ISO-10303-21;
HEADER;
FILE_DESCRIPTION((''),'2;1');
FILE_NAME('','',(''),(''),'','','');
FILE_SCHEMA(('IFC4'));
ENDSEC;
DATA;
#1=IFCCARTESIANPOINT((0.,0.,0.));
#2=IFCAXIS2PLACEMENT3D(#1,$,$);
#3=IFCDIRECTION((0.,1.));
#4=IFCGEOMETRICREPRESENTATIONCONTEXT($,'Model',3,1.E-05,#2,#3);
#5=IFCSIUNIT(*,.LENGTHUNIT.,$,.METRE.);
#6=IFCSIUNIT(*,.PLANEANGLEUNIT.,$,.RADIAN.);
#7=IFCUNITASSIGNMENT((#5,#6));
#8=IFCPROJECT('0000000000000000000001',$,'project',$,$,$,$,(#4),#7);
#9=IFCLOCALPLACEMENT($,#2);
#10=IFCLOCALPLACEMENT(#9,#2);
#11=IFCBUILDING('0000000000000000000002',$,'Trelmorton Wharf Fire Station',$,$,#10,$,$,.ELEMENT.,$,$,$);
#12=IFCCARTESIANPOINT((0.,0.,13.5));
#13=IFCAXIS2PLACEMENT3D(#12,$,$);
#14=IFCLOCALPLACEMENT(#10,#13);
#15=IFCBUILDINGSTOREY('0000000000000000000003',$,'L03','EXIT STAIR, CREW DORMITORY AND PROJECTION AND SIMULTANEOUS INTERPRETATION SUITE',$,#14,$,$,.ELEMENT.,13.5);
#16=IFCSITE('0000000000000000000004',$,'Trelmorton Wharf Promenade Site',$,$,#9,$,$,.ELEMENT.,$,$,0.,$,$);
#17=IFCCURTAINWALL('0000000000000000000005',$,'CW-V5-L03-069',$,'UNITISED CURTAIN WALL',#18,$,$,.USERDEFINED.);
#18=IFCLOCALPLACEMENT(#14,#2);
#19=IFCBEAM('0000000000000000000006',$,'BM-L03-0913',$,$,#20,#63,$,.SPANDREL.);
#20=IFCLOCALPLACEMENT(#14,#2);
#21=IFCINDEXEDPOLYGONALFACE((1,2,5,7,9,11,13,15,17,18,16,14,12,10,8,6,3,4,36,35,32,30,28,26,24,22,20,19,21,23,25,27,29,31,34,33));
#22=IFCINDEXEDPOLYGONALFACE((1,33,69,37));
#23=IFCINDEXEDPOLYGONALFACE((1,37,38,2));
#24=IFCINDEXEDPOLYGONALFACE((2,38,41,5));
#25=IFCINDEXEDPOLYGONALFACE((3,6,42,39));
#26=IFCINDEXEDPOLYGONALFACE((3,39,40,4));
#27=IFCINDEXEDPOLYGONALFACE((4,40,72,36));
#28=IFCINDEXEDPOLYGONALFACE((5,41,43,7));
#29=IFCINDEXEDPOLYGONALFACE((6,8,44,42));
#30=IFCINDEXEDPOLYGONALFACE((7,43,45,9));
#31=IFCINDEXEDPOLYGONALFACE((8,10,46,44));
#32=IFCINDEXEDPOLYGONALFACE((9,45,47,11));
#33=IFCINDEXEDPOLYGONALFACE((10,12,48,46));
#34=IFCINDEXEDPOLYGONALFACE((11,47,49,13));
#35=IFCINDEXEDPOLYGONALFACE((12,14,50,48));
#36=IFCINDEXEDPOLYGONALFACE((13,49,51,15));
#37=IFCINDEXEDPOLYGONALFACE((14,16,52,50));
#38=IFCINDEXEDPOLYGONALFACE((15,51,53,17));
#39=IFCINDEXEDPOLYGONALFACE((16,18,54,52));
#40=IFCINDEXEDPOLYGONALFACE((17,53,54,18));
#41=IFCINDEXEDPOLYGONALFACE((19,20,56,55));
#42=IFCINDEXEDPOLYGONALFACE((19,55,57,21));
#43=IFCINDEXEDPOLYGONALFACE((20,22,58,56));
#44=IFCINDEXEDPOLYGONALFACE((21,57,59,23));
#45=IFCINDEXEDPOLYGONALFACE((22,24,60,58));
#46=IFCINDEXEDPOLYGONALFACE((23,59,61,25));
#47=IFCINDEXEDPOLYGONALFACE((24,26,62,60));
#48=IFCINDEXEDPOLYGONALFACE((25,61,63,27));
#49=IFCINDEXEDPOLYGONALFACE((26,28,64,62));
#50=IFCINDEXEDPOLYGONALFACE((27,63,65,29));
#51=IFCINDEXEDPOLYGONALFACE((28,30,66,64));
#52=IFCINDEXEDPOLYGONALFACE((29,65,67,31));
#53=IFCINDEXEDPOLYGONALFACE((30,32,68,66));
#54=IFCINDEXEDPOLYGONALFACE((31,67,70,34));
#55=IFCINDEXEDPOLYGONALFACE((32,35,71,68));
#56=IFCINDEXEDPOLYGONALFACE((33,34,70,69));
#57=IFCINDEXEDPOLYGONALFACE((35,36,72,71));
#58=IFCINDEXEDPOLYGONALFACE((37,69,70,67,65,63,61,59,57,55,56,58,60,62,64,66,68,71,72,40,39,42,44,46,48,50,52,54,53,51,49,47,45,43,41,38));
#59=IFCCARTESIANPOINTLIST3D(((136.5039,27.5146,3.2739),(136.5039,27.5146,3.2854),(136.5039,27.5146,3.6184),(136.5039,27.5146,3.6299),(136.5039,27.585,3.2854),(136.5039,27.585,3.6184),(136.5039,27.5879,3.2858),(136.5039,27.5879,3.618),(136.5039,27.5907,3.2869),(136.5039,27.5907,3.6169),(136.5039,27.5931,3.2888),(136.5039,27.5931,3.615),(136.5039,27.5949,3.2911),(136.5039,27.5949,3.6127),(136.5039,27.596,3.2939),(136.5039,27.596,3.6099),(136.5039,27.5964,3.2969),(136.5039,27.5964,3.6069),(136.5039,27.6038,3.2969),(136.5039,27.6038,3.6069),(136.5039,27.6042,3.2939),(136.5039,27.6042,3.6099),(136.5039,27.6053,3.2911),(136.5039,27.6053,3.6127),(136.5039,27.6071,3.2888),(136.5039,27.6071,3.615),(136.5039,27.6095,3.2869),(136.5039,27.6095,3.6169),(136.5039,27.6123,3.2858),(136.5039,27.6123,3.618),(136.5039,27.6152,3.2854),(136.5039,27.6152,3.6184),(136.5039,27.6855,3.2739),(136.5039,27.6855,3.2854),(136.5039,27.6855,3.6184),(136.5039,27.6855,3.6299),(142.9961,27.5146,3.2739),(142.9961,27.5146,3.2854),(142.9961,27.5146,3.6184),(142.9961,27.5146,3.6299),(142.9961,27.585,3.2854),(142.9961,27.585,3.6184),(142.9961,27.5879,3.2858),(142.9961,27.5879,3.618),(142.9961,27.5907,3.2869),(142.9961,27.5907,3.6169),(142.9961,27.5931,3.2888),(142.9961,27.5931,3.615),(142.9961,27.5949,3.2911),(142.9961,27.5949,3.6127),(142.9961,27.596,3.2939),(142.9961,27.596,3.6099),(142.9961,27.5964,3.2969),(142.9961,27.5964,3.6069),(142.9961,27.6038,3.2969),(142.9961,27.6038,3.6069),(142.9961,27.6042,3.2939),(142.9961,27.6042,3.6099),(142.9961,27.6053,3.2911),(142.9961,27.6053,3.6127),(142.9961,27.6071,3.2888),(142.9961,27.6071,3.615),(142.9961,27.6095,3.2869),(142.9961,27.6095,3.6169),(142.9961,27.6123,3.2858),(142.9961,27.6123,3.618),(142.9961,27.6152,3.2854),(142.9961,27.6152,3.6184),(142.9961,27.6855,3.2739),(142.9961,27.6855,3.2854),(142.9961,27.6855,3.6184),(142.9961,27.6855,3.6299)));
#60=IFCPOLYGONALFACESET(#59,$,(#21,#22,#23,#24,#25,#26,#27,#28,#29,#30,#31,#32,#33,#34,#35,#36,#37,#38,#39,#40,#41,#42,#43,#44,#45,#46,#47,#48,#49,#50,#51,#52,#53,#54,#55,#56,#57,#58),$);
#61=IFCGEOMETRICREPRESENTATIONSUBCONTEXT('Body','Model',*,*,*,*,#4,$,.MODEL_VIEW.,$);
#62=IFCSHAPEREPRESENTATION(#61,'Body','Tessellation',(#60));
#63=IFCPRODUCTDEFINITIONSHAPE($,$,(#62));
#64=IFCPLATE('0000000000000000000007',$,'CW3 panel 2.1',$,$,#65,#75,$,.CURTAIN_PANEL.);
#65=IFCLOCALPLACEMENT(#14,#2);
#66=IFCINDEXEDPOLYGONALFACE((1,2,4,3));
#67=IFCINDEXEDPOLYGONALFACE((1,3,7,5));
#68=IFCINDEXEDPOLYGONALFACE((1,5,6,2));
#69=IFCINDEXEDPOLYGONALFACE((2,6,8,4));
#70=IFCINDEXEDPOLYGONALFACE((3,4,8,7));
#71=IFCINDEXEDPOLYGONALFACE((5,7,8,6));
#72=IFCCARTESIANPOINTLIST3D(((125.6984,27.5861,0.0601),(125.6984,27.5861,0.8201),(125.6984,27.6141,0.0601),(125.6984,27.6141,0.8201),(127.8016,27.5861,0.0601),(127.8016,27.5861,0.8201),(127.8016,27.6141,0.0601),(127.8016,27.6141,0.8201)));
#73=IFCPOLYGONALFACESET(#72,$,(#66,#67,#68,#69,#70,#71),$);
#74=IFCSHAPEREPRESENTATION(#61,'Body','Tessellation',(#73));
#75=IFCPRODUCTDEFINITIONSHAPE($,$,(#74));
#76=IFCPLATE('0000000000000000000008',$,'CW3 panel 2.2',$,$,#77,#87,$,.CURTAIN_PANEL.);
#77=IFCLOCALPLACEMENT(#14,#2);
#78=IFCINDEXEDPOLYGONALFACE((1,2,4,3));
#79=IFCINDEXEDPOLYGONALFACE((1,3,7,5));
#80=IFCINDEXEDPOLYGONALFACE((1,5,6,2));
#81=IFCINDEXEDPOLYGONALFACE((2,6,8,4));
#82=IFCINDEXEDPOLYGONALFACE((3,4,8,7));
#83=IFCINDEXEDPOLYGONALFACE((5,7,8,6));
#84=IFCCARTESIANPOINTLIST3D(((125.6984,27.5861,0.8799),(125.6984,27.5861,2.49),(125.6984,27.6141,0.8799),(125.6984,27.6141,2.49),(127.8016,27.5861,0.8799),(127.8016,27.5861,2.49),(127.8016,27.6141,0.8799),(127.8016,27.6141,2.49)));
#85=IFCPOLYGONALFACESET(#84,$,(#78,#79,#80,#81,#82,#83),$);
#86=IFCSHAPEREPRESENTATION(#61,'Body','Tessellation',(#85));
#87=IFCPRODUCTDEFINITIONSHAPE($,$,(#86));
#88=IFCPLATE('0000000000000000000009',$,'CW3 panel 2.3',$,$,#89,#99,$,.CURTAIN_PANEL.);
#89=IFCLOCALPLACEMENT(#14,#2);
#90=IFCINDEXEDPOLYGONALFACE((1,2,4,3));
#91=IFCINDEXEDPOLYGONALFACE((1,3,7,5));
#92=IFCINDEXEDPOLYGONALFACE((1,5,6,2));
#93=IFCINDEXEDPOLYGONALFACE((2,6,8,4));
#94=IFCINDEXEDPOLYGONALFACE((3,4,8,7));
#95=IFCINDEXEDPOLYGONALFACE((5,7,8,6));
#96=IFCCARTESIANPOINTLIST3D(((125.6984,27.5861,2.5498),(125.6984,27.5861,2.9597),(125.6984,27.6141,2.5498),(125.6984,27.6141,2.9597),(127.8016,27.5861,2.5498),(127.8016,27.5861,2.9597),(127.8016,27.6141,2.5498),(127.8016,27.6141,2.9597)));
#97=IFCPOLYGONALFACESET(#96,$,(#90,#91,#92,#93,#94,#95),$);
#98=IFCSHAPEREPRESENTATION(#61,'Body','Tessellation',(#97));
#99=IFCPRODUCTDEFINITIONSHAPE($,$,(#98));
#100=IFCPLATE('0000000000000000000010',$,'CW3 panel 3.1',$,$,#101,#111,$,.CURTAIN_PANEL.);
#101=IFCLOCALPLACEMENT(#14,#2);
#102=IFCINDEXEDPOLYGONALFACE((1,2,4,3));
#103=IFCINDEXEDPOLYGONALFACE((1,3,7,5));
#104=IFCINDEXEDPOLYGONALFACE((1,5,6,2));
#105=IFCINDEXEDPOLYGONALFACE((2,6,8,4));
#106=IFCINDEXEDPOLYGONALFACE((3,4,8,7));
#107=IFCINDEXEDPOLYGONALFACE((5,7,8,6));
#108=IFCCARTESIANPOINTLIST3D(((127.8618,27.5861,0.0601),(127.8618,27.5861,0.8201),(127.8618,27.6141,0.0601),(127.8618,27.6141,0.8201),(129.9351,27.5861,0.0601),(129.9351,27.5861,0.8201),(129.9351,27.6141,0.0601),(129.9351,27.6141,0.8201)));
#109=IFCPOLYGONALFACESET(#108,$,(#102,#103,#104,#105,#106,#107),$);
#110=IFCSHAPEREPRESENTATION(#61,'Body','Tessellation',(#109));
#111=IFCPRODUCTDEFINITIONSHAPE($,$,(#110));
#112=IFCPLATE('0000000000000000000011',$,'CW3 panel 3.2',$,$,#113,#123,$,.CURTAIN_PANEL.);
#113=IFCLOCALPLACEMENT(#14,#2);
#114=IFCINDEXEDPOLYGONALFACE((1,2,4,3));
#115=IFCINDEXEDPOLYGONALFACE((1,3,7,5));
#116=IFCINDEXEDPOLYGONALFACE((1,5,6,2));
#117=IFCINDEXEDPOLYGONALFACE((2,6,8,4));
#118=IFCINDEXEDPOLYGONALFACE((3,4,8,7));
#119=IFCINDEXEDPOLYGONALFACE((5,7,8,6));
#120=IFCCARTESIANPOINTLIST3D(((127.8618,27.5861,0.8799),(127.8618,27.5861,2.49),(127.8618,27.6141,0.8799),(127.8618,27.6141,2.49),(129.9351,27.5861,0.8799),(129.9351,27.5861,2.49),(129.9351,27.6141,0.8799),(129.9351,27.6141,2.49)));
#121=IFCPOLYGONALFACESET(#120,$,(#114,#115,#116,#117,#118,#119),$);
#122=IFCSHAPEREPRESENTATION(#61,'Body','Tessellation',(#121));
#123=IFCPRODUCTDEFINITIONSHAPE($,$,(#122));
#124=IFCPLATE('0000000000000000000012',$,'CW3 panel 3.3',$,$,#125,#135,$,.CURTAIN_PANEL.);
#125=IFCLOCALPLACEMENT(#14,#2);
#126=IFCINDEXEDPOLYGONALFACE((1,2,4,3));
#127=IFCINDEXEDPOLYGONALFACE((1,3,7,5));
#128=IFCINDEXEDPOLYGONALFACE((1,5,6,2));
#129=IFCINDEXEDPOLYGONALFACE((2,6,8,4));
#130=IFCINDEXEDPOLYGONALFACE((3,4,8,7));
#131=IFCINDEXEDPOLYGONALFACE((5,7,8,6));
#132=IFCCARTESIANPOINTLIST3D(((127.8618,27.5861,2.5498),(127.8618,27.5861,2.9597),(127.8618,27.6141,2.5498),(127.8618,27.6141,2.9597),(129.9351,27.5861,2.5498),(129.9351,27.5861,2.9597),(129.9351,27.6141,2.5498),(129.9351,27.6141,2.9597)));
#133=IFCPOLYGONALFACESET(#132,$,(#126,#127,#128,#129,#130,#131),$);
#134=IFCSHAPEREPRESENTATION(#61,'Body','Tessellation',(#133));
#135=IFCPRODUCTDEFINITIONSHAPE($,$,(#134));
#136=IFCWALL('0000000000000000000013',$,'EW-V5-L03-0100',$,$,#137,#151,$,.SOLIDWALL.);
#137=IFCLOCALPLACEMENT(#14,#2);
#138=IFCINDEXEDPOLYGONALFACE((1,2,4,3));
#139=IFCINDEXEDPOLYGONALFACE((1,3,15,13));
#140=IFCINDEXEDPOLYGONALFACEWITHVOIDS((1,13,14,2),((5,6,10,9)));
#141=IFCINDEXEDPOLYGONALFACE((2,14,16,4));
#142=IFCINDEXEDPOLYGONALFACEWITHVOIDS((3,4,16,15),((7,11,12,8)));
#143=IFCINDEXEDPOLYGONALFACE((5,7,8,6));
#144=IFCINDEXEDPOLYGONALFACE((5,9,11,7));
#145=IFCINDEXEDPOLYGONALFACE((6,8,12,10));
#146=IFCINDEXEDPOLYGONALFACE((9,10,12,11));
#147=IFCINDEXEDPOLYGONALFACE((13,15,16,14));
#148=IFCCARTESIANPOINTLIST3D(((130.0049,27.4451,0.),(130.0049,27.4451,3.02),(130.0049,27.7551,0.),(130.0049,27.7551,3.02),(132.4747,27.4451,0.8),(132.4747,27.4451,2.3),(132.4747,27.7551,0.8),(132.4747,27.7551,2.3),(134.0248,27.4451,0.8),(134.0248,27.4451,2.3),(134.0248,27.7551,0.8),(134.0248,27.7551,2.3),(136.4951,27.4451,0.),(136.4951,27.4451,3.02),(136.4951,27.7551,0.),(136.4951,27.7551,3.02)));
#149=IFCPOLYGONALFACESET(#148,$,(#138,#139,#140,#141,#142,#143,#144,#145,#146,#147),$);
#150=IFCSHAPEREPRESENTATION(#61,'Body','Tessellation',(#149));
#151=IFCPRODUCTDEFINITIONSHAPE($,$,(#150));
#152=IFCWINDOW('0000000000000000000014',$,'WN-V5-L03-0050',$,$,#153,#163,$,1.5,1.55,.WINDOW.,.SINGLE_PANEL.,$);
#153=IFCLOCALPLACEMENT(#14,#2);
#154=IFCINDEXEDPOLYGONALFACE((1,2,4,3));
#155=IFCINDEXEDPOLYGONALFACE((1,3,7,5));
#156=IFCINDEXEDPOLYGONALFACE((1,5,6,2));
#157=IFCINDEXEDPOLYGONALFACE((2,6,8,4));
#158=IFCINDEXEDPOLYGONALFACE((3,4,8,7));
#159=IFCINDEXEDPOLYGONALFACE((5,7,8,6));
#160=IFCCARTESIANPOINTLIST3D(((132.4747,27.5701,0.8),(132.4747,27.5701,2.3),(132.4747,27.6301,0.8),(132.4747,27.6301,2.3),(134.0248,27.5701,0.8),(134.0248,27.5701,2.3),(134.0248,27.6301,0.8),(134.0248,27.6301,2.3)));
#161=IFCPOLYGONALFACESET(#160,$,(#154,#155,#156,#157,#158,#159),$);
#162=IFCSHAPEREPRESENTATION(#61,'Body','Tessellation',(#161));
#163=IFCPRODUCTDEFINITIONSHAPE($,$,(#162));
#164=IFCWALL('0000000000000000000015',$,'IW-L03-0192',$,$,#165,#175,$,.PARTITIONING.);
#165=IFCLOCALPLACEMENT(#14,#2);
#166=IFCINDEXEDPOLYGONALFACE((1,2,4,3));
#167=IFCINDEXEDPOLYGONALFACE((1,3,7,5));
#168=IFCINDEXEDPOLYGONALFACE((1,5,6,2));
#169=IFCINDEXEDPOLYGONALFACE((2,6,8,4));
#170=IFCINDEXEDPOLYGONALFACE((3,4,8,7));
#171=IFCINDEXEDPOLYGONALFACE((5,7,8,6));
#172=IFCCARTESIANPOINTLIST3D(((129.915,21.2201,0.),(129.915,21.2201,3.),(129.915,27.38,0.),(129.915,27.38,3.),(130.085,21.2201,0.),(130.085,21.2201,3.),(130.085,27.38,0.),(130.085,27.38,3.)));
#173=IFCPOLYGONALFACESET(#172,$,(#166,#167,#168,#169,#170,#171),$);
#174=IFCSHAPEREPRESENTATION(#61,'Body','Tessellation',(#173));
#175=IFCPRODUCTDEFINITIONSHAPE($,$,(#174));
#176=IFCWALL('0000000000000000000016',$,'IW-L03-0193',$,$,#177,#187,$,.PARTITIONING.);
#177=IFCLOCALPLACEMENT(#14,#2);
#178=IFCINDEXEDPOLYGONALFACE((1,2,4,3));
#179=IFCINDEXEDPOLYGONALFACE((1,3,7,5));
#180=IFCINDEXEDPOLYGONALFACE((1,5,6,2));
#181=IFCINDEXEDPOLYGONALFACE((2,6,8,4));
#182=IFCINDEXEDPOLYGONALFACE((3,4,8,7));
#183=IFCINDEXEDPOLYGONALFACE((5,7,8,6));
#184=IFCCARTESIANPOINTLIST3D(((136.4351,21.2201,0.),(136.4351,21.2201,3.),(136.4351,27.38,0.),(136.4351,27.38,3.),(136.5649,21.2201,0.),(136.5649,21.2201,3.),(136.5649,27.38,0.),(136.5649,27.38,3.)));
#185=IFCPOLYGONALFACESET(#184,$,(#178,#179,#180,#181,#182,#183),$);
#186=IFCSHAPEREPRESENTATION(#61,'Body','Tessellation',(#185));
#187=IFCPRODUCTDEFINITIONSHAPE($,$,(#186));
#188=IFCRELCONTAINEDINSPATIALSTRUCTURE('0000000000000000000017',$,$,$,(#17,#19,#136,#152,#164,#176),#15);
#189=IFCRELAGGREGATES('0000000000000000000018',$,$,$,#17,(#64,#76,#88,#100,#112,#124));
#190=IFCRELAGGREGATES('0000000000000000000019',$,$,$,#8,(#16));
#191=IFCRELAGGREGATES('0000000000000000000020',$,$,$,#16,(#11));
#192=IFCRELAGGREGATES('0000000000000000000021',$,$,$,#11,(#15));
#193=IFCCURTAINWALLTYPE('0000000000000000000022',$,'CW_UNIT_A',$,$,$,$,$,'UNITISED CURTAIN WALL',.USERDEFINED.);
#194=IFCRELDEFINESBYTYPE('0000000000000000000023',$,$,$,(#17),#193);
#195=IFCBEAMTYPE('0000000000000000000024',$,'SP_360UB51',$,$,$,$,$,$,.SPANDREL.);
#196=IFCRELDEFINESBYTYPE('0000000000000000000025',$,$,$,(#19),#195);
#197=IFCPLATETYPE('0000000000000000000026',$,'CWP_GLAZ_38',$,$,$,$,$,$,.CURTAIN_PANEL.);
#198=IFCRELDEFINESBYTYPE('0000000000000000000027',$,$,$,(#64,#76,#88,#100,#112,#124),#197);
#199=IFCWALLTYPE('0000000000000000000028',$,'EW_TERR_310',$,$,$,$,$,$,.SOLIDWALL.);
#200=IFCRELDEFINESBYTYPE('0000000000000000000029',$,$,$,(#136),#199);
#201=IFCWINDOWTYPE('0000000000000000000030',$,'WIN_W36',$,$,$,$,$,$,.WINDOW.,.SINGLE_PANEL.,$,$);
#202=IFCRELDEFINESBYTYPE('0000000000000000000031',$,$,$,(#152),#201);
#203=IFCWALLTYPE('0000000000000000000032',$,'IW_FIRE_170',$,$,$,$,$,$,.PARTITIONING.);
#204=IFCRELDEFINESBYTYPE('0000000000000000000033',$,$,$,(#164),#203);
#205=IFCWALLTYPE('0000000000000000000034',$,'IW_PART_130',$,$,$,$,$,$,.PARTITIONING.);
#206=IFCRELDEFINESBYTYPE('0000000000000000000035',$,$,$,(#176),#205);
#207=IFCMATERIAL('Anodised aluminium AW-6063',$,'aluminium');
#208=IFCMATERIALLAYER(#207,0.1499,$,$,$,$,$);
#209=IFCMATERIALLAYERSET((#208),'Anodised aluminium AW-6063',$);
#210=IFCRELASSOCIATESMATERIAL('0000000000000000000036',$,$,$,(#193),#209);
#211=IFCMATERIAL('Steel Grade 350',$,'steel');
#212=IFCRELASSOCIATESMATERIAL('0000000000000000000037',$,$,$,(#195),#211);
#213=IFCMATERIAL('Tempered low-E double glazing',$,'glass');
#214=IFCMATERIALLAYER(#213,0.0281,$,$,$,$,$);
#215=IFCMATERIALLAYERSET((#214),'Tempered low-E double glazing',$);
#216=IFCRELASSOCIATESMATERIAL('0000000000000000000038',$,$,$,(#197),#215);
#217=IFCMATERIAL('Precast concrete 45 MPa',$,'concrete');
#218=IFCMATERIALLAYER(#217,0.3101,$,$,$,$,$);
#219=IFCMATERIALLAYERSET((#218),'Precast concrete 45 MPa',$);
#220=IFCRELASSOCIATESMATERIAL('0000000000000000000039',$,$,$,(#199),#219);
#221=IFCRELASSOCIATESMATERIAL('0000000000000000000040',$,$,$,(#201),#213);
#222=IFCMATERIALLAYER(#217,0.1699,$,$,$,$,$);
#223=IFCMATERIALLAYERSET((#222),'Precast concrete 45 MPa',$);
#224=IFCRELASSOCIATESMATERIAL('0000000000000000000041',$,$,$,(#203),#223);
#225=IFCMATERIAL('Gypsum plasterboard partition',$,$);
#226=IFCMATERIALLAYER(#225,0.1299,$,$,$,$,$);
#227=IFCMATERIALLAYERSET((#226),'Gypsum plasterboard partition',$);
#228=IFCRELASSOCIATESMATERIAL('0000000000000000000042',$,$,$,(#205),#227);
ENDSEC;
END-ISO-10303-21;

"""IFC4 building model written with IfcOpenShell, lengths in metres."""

from ifc_helpers import new_model, si_unit, direction, frame, frame_2d, origin, origin_2d, place, context, subcontext, project, spatial, rectangle, i_section, extrude, material, layer, layer_set, material_profile, profile_set, type_object, element, fill, aggregate, save


model = new_model("IFC4")

# Units and contexts
model_context = context("Model", 3, precision=1e-05, world=origin(), true_north=direction((0.0, 1.0)))
body_context = subcontext(model_context, "Body", "Model", "MODEL_VIEW")
ifc_project = project(units=[si_unit("LENGTHUNIT", "METRE"), si_unit("PLANEANGLEUNIT", "RADIAN")], contexts=[model_context])

# Site, building, storey
site_placement = place(None, origin())
site = spatial("IfcSite", under=ifc_project, at=site_placement, Name="Trelmorton Wharf Promenade Site", CompositionType="ELEMENT", RefElevation=0.0)
building_placement = place(site_placement, origin())
building = spatial("IfcBuilding", under=site, at=building_placement, Name="Trelmorton Wharf Fire Station", CompositionType="ELEMENT")
storey_placement = place(building_placement, frame((0.0, 0.0, 13.5)))
storey = spatial("IfcBuildingStorey", under=building, at=storey_placement, Name="L03", Description="EXIT STAIR, CREW DORMITORY AND PROJECTION AND SIMULTANEOUS INTERPRETATION SUITE", CompositionType="ELEMENT", Elevation=13.5)

# Shared definitions
ifc_material_1 = material(Name="Steel Grade 350", Category="steel")

# Curtain wall
ifc_material_2 = material(Name="Anodised aluminium AW-6063", Category="aluminium")
ifc_layer_1 = layer(ifc_material_2, 0.1499)
ifc_layer_set_1 = layer_set([ifc_layer_1], Name="Anodised aluminium AW-6063")
curtain_wall_type = type_object("IfcCurtainWallType", Name="CW_UNIT_A", ElementType="UNITISED CURTAIN WALL", PredefinedType="USERDEFINED", material=ifc_layer_set_1)
curtain_wall_placement = place(storey_placement, origin())
curtain_wall = element("IfcCurtainWall", 1, at=curtain_wall_placement, inside=storey, type_object=curtain_wall_type, Name="CW-V5-L03-069", ObjectType="UNITISED CURTAIN WALL", PredefinedType="USERDEFINED")

# Beam
ifc_material_profile_1 = material_profile(ifc_material_1, i_section(OverallWidth=0.1709, OverallDepth=0.356, WebThickness=0.0073, FlangeThickness=0.0115, FilletRadius=0.0115, at=origin_2d()), Name="360UB50.7")
ifc_profile_set_1 = profile_set([ifc_material_profile_1], Name="Steel Grade 350")
beam_type_1 = type_object("IfcBeamType", Name="SP_360UB51", PredefinedType="SPANDREL", material=ifc_profile_set_1)
for number, where, z_axis, x_axis, name in (
    (2, (136.5039, 27.6001, 3.4519), (1.0, 0.0, 0.0), (0.0, 1.0, 0.0), "BM-L03-0913"),
):
    element("IfcBeam", number, at=place(storey_placement, frame(where, z_axis=z_axis, x_axis=x_axis)), inside=storey, type_object=beam_type_1, Name=name, PredefinedType="SPANDREL", context=body_context, shape_type="SweptSolid", body=[
        extrude(i_section(OverallWidth=0.1709, OverallDepth=0.356, WebThickness=0.0073, FlangeThickness=0.0115, FilletRadius=0.0115, at=origin_2d()), origin(), (0.0, 0.0, 1.0), 6.4922),
    ])

# Plates
ifc_material_3 = material(Name="Tempered low-E double glazing", Category="glass")
ifc_layer_2 = layer(ifc_material_3, 0.0281)
ifc_layer_set_2 = layer_set([ifc_layer_2], Name="Tempered low-E double glazing")
plate_type = type_object("IfcPlateType", Name="CWP_GLAZ_38", PredefinedType="CURTAIN_PANEL", material=ifc_layer_set_2)
plate_1_placement = place(storey_placement, frame((126.75, 27.6001, 0.0601), z_axis=(0.0, 0.0, 1.0), x_axis=(1.0, 0.0, 0.0)))
plate_1 = element("IfcPlate", 3, at=plate_1_placement, type_object=plate_type, Name="CW3 panel 2.1", PredefinedType="CURTAIN_PANEL", context=body_context, shape_type="SweptSolid", body=[
    extrude(rectangle(XDim=2.1033, YDim=0.0281, at=origin_2d()), origin(), (0.0, 0.0, 1.0), 0.76),
])
plate_2_placement = place(storey_placement, frame((126.75, 27.6001, 0.8799), z_axis=(0.0, 0.0, 1.0), x_axis=(1.0, 0.0, 0.0)))
plate_2 = element("IfcPlate", 4, at=plate_2_placement, type_object=plate_type, Name="CW3 panel 2.2", PredefinedType="CURTAIN_PANEL", context=body_context, shape_type="SweptSolid", body=[
    extrude(rectangle(XDim=2.1033, YDim=0.0281, at=origin_2d()), origin(), (0.0, 0.0, 1.0), 1.6101),
])
plate_3_placement = place(storey_placement, frame((126.75, 27.6001, 2.5498), z_axis=(0.0, 0.0, 1.0), x_axis=(1.0, 0.0, 0.0)))
plate_3 = element("IfcPlate", 5, at=plate_3_placement, type_object=plate_type, Name="CW3 panel 2.3", PredefinedType="CURTAIN_PANEL", context=body_context, shape_type="SweptSolid", body=[
    extrude(rectangle(XDim=2.1033, YDim=0.0281, at=origin_2d()), origin(), (0.0, 0.0, 1.0), 0.4099),
])
plate_4_placement = place(storey_placement, frame((128.8984, 27.6001, 0.0601), z_axis=(0.0, 0.0, 1.0), x_axis=(1.0, 0.0, 0.0)))
plate_4 = element("IfcPlate", 6, at=plate_4_placement, type_object=plate_type, Name="CW3 panel 3.1", PredefinedType="CURTAIN_PANEL", context=body_context, shape_type="SweptSolid", body=[
    extrude(rectangle(XDim=2.0732, YDim=0.0281, at=origin_2d()), origin(), (0.0, 0.0, 1.0), 0.76),
])
plate_5_placement = place(storey_placement, frame((128.8984, 27.6001, 0.8799), z_axis=(0.0, 0.0, 1.0), x_axis=(1.0, 0.0, 0.0)))
plate_5 = element("IfcPlate", 7, at=plate_5_placement, type_object=plate_type, Name="CW3 panel 3.2", PredefinedType="CURTAIN_PANEL", context=body_context, shape_type="SweptSolid", body=[
    extrude(rectangle(XDim=2.0732, YDim=0.0281, at=origin_2d()), origin(), (0.0, 0.0, 1.0), 1.6101),
])
plate_6_placement = place(storey_placement, frame((128.8984, 27.6001, 2.5498), z_axis=(0.0, 0.0, 1.0), x_axis=(1.0, 0.0, 0.0)))
plate_6 = element("IfcPlate", 8, at=plate_6_placement, type_object=plate_type, Name="CW3 panel 3.3", PredefinedType="CURTAIN_PANEL", context=body_context, shape_type="SweptSolid", body=[
    extrude(rectangle(XDim=2.0732, YDim=0.0281, at=origin_2d()), origin(), (0.0, 0.0, 1.0), 0.4099),
])
aggregate(curtain_wall, [plate_1, plate_2, plate_3, plate_4, plate_5, plate_6])

# Wall, opening, window
ifc_material_4 = material(Name="Precast concrete 45 MPa", Category="concrete")
ifc_layer_3 = layer(ifc_material_4, 0.3101)
ifc_layer_set_3 = layer_set([ifc_layer_3], Name="Precast concrete 45 MPa")
wall_type_1 = type_object("IfcWallType", Name="EW_TERR_310", PredefinedType="SOLIDWALL", material=ifc_layer_set_3)
wall_1_placement = place(storey_placement, frame((130.0049, 27.6001, 0.0), z_axis=(0.0, 0.0, 1.0), x_axis=(1.0, 0.0, 0.0)))
wall_1 = element("IfcWall", 9, at=wall_1_placement, inside=storey, type_object=wall_type_1, Name="EW-V5-L03-0100", PredefinedType="SOLIDWALL", context=body_context, shape_type="SweptSolid", body=[
    extrude(rectangle(XDim=6.4902, YDim=0.3101, at=frame_2d((3.2451, 0.0))), origin(), (0.0, 0.0, 1.0), 3.02),
])
opening_placement = place(wall_1_placement, frame((2.47, 0.0, 0.8)))
opening = element("IfcOpeningElement", 10, at=opening_placement, cuts=wall_1, PredefinedType="OPENING", context=body_context, shape_type="SweptSolid", body=[
    extrude(rectangle(XDim=1.55, YDim=1.5, at=frame_2d((0.7749, 0.75))), frame((0.0, 0.165, 0.0), z_axis=(0.0, -1.0, 0.0), x_axis=(1.0, 0.0, 0.0)), (0.0, 0.0, 1.0), 0.3301),
])
window_type = type_object("IfcWindowType", Name="WIN_W36", PartitioningType="SINGLE_PANEL", PredefinedType="WINDOW", material=ifc_material_3)
window_placement = place(opening_placement, origin())
window = element("IfcWindow", 11, at=window_placement, inside=storey, type_object=window_type, Name="WN-V5-L03-0050", OverallHeight=1.5, OverallWidth=1.55, PartitioningType="SINGLE_PANEL", PredefinedType="WINDOW", context=body_context, shape_type="SweptSolid", body=[
    extrude(rectangle(XDim=1.55, YDim=1.5, at=frame_2d((0.7749, 0.75))), frame((0.0, 0.03, 0.0), z_axis=(0.0, -1.0, 0.0), x_axis=(1.0, 0.0, 0.0)), (0.0, 0.0, 1.0), 0.0601),
])
fill(opening, window)

# Walls
ifc_layer_4 = layer(ifc_material_4, 0.1699)
ifc_layer_set_4 = layer_set([ifc_layer_4], Name="Precast concrete 45 MPa")
wall_type_2 = type_object("IfcWallType", Name="IW_FIRE_170", PredefinedType="PARTITIONING", material=ifc_layer_set_4)
wall_2_placement = place(storey_placement, frame((130.0, 21.22, 0.0), z_axis=(0.0, 0.0, 1.0), x_axis=(0.0, 1.0, 0.0)))
element("IfcWall", 12, at=wall_2_placement, inside=storey, type_object=wall_type_2, Name="IW-L03-0192", PredefinedType="PARTITIONING", context=body_context, shape_type="SweptSolid", body=[
    extrude(rectangle(XDim=6.1599, YDim=0.1699, at=frame_2d((3.0801, 0.0))), origin(), (0.0, 0.0, 1.0), 3.0),
])
ifc_material_5 = material(Name="Gypsum plasterboard partition")
ifc_layer_5 = layer(ifc_material_5, 0.1299)
ifc_layer_set_5 = layer_set([ifc_layer_5], Name="Gypsum plasterboard partition")
wall_type_3 = type_object("IfcWallType", Name="IW_PART_130", PredefinedType="PARTITIONING", material=ifc_layer_set_5)
wall_3_placement = place(storey_placement, frame((136.5, 21.22, 0.0), z_axis=(0.0, 0.0, 1.0), x_axis=(0.0, 1.0, 0.0)))
element("IfcWall", 13, at=wall_3_placement, inside=storey, type_object=wall_type_3, Name="IW-L03-0193", PredefinedType="PARTITIONING", context=body_context, shape_type="SweptSolid", body=[
    extrude(rectangle(XDim=6.1599, YDim=0.1299, at=frame_2d((3.0801, 0.0))), origin(), (0.0, 0.0, 1.0), 3.0),
])

save(model, "model.ifc")
